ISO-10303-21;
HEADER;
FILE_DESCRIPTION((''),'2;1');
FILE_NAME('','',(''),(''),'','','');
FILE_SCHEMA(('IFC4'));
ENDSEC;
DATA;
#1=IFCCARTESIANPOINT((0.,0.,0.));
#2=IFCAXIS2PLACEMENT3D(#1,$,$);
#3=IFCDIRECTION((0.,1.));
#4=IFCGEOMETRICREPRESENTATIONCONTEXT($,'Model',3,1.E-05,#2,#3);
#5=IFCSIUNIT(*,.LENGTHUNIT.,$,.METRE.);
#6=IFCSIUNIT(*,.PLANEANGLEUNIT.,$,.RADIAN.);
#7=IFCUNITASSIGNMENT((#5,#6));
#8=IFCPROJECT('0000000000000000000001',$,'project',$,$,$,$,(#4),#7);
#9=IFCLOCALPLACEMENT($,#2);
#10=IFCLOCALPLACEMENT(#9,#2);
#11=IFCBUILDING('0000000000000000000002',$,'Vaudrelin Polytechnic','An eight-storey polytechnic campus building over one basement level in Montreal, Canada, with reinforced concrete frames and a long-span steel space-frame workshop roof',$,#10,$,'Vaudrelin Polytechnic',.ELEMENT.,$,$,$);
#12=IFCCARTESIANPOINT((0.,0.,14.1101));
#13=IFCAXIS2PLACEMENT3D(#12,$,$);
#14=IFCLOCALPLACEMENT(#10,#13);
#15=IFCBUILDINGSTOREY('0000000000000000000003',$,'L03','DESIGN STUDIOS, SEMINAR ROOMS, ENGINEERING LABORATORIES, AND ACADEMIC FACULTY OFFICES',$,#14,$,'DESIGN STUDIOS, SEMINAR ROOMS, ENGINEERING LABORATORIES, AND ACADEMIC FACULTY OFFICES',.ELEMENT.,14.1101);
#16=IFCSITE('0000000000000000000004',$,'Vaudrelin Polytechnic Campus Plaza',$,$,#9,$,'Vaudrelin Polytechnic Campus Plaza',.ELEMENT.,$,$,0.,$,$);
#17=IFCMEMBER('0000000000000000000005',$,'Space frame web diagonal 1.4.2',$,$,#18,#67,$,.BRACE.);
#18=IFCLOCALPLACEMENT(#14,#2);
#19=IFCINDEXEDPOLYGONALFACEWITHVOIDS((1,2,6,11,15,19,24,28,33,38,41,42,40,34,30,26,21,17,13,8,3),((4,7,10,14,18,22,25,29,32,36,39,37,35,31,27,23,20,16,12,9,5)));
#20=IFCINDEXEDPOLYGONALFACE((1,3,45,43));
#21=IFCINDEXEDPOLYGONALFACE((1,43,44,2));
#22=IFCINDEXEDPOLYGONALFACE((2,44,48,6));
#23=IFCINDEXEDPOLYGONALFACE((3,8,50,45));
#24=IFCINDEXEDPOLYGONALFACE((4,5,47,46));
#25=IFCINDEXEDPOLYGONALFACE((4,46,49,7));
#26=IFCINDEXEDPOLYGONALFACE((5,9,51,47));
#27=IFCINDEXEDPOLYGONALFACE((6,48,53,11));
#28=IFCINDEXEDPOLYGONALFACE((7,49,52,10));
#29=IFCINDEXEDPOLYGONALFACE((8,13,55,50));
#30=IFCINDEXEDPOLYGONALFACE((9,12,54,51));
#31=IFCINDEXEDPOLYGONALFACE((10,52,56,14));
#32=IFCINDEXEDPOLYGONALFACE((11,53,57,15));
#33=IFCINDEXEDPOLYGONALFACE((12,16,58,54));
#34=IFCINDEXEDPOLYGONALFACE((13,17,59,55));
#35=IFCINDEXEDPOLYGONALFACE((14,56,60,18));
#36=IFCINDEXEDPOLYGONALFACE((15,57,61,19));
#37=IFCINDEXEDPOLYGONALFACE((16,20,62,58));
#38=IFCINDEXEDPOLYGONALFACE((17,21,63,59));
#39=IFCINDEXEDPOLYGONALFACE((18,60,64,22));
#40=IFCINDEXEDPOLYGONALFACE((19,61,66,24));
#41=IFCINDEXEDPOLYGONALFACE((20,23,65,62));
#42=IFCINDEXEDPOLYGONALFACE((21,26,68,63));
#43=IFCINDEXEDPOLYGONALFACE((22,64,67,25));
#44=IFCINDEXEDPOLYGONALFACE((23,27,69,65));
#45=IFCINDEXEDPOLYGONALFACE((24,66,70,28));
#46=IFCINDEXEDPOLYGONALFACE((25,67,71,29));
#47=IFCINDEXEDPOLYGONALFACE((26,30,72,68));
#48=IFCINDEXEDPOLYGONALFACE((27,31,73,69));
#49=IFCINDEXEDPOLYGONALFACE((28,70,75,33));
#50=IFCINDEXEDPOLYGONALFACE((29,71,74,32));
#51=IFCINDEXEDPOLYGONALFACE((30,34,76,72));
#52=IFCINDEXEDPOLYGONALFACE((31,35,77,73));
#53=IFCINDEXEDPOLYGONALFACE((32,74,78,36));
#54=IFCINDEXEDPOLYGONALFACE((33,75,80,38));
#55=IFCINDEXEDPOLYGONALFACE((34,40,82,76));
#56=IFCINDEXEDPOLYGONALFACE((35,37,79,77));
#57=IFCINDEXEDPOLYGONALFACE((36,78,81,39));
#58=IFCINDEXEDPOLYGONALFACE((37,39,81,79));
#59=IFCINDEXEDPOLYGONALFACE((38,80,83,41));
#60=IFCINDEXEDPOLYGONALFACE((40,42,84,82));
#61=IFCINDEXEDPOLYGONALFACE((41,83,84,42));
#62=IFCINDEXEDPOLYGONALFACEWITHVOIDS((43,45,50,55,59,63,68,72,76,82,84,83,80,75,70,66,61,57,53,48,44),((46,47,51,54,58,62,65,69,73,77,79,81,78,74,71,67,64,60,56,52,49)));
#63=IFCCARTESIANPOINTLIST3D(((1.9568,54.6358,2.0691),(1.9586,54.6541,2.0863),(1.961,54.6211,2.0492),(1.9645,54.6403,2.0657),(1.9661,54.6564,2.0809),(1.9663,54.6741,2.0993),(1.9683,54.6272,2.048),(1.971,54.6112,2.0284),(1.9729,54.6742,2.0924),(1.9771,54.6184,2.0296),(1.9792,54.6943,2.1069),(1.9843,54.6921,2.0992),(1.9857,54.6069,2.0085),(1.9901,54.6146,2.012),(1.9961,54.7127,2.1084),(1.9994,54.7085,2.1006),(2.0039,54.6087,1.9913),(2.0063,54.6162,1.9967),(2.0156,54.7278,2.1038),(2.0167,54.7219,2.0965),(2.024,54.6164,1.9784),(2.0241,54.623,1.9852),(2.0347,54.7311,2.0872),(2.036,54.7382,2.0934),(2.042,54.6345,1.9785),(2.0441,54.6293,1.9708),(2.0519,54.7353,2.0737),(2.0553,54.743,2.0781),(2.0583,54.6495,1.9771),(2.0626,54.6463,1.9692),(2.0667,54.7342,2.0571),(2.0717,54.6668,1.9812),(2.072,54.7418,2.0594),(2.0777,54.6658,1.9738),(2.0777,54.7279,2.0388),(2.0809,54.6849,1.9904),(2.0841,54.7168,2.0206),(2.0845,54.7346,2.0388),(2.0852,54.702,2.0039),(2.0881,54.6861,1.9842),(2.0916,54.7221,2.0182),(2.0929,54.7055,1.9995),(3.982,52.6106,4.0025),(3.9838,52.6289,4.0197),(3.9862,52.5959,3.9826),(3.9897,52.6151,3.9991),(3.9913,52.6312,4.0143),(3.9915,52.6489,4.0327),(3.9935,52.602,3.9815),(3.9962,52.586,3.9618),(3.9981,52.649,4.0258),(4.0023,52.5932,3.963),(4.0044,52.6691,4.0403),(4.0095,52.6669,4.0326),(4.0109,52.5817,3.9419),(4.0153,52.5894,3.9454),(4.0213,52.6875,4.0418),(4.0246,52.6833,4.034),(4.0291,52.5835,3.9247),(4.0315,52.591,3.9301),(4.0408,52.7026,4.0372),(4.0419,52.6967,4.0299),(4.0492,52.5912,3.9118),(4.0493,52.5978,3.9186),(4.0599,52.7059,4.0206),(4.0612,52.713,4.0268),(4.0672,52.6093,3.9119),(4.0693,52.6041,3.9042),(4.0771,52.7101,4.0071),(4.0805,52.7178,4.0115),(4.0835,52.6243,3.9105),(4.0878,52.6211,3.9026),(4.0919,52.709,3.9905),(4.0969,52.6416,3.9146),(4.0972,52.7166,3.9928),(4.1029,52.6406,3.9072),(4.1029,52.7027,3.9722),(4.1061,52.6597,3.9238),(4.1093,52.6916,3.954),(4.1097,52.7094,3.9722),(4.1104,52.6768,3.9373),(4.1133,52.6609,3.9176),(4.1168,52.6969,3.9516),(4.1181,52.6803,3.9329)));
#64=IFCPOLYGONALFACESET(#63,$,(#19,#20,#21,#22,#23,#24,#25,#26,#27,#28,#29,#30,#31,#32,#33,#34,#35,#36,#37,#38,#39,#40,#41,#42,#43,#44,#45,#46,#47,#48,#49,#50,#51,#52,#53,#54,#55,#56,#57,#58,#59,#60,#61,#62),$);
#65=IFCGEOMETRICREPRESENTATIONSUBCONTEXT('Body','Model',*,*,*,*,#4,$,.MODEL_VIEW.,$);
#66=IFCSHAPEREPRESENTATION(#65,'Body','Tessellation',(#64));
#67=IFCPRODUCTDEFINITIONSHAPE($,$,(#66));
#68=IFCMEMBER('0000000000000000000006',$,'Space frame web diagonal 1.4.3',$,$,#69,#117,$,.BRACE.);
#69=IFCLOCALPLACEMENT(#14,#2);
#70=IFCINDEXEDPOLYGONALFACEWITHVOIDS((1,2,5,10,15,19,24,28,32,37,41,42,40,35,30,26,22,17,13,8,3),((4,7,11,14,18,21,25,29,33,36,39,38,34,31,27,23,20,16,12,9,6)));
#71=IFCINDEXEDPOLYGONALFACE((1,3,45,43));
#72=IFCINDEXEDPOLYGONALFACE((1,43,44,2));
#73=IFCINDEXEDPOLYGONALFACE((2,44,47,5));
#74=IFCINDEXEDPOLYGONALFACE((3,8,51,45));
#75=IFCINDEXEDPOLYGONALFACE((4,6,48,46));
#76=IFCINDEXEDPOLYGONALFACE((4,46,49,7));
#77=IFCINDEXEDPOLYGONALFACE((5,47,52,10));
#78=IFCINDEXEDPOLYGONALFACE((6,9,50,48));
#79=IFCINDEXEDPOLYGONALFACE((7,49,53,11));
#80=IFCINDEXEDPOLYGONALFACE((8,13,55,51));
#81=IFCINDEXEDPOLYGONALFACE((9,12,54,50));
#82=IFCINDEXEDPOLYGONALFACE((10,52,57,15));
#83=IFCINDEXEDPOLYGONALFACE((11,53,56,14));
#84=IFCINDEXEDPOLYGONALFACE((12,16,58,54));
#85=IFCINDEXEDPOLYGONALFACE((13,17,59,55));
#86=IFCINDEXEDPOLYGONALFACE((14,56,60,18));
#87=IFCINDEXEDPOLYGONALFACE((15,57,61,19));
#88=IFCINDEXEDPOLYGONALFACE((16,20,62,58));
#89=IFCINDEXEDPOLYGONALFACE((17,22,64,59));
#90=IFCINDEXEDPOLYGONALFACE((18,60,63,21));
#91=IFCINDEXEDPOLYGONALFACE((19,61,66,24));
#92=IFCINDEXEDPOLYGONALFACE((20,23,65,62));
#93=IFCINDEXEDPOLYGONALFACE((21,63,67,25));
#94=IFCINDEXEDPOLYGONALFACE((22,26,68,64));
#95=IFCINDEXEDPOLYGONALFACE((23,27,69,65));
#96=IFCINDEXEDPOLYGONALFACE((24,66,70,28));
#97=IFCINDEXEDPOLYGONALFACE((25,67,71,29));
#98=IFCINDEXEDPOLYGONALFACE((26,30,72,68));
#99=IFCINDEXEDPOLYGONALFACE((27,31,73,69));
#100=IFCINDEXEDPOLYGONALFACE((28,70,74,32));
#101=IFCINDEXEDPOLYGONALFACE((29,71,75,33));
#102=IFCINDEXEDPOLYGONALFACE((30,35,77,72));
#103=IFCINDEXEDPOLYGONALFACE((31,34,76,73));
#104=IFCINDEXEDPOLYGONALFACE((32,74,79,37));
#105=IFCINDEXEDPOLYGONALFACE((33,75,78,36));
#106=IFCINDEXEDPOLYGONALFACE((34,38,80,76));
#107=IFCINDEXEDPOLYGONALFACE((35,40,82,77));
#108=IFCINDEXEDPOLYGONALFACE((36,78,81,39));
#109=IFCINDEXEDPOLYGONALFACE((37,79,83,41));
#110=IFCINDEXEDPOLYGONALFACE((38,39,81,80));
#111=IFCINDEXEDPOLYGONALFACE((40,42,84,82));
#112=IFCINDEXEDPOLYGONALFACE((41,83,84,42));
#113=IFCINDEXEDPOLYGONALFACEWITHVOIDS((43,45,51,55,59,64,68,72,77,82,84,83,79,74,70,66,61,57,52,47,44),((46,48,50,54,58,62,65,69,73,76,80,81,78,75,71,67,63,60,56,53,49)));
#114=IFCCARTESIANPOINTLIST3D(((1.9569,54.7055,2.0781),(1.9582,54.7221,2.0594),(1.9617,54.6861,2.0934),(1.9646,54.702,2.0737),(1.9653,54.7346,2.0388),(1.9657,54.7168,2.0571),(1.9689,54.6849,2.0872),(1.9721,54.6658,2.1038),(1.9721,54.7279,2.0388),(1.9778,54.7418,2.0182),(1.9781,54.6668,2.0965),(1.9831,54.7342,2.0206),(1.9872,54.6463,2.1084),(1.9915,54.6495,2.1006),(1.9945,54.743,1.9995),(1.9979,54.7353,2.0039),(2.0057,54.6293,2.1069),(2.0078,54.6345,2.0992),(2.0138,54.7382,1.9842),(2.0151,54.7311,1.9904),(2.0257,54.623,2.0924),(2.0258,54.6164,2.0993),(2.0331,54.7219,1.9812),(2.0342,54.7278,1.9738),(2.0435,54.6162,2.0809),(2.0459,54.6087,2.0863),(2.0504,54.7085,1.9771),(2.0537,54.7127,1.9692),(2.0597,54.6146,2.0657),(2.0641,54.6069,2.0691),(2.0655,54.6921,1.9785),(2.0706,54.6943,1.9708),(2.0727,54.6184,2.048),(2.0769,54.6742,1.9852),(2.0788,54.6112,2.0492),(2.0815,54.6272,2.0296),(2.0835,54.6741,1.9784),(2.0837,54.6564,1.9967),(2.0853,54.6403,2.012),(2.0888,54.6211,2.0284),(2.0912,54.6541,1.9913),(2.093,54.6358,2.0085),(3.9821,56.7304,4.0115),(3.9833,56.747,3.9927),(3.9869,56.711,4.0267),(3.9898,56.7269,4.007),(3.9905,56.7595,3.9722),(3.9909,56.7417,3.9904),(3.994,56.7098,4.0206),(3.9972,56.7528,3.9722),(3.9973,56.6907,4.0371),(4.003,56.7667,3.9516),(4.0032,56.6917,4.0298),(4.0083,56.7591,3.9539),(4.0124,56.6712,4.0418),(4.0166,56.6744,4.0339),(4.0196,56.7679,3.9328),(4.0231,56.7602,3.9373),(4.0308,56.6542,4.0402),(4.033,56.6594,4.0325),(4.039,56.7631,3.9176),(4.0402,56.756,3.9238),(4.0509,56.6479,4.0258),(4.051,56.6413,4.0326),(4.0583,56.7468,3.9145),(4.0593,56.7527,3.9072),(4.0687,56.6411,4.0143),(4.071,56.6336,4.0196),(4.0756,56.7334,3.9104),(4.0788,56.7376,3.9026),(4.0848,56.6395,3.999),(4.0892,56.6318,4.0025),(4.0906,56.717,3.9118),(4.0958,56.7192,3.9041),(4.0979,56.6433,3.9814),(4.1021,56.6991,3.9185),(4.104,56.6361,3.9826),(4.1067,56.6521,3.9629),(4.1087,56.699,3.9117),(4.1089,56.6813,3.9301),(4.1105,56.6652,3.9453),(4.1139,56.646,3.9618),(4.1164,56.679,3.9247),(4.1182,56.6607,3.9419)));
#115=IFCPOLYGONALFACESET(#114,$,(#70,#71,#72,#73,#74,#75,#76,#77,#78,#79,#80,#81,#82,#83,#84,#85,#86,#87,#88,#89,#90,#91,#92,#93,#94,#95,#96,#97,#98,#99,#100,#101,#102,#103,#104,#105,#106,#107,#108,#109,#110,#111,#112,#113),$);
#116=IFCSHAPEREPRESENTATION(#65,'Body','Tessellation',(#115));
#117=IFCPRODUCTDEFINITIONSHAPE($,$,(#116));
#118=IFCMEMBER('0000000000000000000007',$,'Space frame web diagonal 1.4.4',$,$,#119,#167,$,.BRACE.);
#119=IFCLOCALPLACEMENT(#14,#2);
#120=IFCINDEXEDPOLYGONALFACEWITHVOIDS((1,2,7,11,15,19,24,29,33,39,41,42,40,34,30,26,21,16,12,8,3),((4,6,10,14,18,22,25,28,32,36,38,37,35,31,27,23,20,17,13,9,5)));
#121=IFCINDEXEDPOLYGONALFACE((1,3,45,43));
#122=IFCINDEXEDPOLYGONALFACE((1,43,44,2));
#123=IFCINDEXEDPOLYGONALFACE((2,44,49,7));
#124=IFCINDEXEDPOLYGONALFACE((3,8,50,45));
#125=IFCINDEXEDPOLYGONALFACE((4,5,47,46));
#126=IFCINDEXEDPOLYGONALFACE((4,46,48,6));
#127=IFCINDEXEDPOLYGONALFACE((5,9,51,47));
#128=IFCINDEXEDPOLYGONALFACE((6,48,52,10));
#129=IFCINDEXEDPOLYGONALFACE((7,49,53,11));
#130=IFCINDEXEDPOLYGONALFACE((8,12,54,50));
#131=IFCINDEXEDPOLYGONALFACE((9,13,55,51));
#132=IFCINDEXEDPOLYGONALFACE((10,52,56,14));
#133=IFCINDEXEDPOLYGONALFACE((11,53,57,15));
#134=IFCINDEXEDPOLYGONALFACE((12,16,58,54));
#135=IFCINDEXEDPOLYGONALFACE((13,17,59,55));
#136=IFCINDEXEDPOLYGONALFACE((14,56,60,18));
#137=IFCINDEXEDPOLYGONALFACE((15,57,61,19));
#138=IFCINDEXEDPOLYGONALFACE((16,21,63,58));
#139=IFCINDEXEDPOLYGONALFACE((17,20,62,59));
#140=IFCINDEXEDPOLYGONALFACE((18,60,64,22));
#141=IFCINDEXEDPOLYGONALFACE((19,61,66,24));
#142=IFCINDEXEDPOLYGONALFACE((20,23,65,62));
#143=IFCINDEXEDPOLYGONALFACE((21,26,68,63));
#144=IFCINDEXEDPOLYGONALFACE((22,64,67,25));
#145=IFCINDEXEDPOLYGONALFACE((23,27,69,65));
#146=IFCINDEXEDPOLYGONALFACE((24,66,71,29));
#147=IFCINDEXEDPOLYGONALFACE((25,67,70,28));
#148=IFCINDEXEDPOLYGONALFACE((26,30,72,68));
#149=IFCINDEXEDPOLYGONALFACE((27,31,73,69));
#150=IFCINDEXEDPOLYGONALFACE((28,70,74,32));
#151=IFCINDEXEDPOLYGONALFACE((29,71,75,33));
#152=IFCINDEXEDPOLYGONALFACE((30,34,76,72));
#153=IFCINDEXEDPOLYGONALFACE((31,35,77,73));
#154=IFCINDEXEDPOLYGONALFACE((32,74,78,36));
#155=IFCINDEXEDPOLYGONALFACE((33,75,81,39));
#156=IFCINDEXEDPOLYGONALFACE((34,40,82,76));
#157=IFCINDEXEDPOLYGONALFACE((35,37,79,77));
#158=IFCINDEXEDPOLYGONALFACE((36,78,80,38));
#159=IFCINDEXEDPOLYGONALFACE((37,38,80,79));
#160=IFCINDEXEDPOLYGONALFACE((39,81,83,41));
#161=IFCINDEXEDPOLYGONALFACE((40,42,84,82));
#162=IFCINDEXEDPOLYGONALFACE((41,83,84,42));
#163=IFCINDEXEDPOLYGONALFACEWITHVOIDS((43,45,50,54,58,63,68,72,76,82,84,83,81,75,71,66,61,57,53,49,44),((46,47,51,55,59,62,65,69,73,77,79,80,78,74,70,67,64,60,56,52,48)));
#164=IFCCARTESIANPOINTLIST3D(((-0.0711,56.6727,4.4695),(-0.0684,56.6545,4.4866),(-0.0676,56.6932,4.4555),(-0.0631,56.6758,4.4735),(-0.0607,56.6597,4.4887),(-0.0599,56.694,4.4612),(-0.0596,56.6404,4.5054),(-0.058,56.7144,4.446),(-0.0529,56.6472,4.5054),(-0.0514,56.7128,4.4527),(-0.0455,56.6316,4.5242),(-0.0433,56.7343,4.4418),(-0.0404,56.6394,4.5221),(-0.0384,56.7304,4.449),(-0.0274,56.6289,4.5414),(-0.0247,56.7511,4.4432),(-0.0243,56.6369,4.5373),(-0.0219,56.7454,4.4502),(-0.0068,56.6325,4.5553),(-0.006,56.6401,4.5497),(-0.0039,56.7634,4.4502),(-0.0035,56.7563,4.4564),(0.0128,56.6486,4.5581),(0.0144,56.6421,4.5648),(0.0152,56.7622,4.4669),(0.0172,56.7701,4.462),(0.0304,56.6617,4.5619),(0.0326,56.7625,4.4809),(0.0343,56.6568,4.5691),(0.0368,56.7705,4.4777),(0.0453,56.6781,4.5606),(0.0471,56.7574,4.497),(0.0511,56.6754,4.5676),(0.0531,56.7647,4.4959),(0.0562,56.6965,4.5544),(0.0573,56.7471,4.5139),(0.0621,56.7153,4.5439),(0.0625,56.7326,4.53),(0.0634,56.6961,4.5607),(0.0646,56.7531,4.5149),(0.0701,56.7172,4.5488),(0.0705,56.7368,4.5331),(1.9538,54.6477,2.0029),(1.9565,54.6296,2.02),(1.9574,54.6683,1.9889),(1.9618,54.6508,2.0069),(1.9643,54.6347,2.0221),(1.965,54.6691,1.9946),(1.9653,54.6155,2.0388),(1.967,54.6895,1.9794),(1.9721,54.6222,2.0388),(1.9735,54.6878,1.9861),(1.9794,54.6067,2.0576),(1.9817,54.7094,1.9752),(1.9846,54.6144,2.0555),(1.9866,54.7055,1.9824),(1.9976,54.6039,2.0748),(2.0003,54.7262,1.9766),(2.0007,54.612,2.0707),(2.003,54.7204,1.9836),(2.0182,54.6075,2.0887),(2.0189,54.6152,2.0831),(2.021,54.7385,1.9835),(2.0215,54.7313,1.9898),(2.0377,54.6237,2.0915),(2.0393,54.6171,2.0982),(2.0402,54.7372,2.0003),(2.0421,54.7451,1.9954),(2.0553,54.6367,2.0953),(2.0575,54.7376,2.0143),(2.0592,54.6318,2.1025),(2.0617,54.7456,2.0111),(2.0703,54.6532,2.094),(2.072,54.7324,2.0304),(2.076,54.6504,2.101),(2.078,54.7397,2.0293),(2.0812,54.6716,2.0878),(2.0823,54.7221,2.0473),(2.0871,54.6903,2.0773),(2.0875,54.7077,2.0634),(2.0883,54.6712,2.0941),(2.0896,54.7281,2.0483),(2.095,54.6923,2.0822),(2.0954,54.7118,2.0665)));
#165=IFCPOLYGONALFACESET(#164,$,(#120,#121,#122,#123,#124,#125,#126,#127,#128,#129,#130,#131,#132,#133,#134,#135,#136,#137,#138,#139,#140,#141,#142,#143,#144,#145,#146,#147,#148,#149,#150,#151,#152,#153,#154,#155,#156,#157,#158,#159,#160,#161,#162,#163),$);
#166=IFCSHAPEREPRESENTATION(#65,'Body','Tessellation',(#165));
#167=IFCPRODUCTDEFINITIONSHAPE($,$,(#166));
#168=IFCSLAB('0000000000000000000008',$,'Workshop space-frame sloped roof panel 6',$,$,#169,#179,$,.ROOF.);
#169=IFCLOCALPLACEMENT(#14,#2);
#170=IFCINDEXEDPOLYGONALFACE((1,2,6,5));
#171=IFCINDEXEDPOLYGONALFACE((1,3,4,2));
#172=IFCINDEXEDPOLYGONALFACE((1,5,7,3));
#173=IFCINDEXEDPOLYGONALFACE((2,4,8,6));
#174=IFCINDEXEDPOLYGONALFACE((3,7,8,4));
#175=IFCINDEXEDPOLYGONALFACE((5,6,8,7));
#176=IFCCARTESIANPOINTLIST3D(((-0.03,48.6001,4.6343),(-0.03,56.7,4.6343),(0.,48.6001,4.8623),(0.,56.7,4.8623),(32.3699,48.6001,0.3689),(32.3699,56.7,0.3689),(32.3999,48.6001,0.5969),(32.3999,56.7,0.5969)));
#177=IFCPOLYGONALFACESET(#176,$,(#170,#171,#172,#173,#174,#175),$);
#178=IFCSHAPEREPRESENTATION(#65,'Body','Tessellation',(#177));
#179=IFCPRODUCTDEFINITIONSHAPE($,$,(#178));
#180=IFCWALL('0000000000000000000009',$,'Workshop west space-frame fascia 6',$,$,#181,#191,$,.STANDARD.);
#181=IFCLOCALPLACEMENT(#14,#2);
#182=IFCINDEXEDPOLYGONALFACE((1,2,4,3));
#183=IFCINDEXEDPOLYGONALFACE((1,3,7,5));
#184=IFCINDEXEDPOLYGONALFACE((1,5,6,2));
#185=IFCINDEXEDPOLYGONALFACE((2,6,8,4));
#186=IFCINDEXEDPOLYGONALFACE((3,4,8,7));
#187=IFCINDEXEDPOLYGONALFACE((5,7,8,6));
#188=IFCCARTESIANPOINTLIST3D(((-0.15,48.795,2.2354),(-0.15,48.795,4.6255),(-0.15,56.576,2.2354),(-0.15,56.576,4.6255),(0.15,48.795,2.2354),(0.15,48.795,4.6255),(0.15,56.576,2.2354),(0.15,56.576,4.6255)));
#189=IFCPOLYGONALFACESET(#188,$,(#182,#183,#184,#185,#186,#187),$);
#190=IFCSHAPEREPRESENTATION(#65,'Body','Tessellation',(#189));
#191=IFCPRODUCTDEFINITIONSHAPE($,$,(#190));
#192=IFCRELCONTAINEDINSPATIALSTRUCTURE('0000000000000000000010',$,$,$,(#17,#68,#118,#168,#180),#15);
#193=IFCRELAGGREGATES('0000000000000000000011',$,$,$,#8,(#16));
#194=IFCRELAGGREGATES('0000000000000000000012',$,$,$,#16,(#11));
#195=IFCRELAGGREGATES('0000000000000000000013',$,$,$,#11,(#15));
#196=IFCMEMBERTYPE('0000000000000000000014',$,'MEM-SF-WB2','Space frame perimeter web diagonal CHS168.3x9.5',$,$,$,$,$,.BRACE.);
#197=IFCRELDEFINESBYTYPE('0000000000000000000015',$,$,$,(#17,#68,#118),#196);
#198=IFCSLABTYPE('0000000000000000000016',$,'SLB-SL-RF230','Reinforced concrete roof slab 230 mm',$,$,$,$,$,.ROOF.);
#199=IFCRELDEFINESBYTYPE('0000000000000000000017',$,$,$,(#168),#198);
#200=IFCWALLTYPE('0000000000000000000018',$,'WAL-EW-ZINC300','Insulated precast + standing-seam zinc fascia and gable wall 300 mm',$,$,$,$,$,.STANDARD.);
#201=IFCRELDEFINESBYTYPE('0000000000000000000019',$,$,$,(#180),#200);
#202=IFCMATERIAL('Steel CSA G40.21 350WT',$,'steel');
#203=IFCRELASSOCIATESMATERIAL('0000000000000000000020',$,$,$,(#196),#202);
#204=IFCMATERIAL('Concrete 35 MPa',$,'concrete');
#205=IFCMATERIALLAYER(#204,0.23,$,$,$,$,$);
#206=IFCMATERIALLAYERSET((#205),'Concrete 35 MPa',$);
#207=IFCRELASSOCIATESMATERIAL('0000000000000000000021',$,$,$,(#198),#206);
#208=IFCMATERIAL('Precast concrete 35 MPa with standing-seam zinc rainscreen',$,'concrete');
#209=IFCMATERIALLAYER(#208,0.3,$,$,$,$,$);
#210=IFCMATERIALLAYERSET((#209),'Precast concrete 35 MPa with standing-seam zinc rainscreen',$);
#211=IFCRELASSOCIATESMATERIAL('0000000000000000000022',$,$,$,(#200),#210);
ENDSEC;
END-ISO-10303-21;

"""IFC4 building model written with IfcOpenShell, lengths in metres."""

from ifc_helpers import new_model, si_unit, direction, frame, frame_2d, origin, origin_2d, place, context, subcontext, project, spatial, polyline, rectangle, hollow_circle, outline, extrude, material, layer, layer_set, material_profile, profile_set, type_object, element, save


model = new_model("IFC4")

# Units and contexts
model_context = context("Model", 3, precision=1e-05, world=origin(), true_north=direction((0.0, 1.0)))
body_context = subcontext(model_context, "Body", "Model", "MODEL_VIEW")
ifc_project = project(units=[si_unit("LENGTHUNIT", "METRE"), si_unit("PLANEANGLEUNIT", "RADIAN")], contexts=[model_context])

# Site, building, storey
site_placement = place(None, origin())
site = spatial("IfcSite", under=ifc_project, at=site_placement, Name="Vaudrelin Polytechnic Campus Plaza", LongName="Vaudrelin Polytechnic Campus Plaza", CompositionType="ELEMENT", RefElevation=0.0)
building_placement = place(site_placement, origin())
building = spatial("IfcBuilding", under=site, at=building_placement, Name="Vaudrelin Polytechnic", Description="An eight-storey polytechnic campus building over one basement level in Montreal, Canada, with reinforced concrete frames and a long-span steel space-frame workshop roof", LongName="Vaudrelin Polytechnic", CompositionType="ELEMENT")
storey_placement = place(building_placement, frame((0.0, 0.0, 14.1101)))
storey = spatial("IfcBuildingStorey", under=building, at=storey_placement, Name="L03", Description="DESIGN STUDIOS, SEMINAR ROOMS, ENGINEERING LABORATORIES, AND ACADEMIC FACULTY OFFICES", LongName="DESIGN STUDIOS, SEMINAR ROOMS, ENGINEERING LABORATORIES, AND ACADEMIC FACULTY OFFICES", CompositionType="ELEMENT", Elevation=14.1101)

# Members
ifc_material_1 = material(Name="Steel CSA G40.21 350WT", Category="steel")
ifc_material_profile_1 = material_profile(ifc_material_1, hollow_circle(Radius=0.0842, WallThickness=0.0095, at=origin_2d()), Name="CHS168.3x9.5")
ifc_profile_set_1 = profile_set([ifc_material_profile_1], Name="Steel CSA G40.21 350WT")
member_type_1 = type_object("IfcMemberType", Name="MEM-SF-WB2", Description="Space frame perimeter web diagonal CHS168.3x9.5", PredefinedType="BRACE", material=ifc_profile_set_1)
member_1_placement = place(storey_placement, frame((2.0249, 54.675, 2.0388), z_axis=(0.58607, -0.58607, 0.559504), x_axis=(0.707107, 0.707107, 0.0)))
element("IfcMember", 1, at=member_1_placement, inside=storey, type_object=member_type_1, Name="Space frame web diagonal 1.4.2", PredefinedType="BRACE", context=body_context, shape_type="SweptSolid", body=[
    extrude(hollow_circle(Radius=0.0842, WallThickness=0.0095, at=origin_2d()), origin(), (0.0, 0.0, 1.0), 3.4556),
])
member_2_placement = place(storey_placement, frame((2.0249, 54.675, 2.0388), z_axis=(0.586094, 0.586023, 0.559527), x_axis=(-0.707064, 0.707149, 0.0)))
element("IfcMember", 2, at=member_2_placement, inside=storey, type_object=member_type_1, Name="Space frame web diagonal 1.4.3", PredefinedType="BRACE", context=body_context, shape_type="SweptSolid", body=[
    extrude(hollow_circle(Radius=0.0842, WallThickness=0.0095, at=origin_2d()), origin(), (0.0, 0.0, 1.0), 3.4553),
])
member_3_placement = place(storey_placement, frame((2.0249, 54.675, 2.0388), z_axis=(-0.535765, 0.535765, 0.65262), x_axis=(-0.707107, -0.707107, 0.0)))
element("IfcMember", 3, at=member_3_placement, inside=storey, type_object=member_type_1, Name="Space frame web diagonal 1.4.4", PredefinedType="BRACE", context=body_context, shape_type="SweptSolid", body=[
    extrude(hollow_circle(Radius=0.0842, WallThickness=0.0095, at=origin_2d()), origin(), (0.0, 0.0, 1.0), 3.7795),
])

# Slab
ifc_material_2 = material(Name="Concrete 35 MPa", Category="concrete")
ifc_layer_1 = layer(ifc_material_2, 0.23)
ifc_layer_set_1 = layer_set([ifc_layer_1], Name="Concrete 35 MPa")
slab_type = type_object("IfcSlabType", Name="SLB-SL-RF230", Description="Reinforced concrete roof slab 230 mm", PredefinedType="ROOF", material=ifc_layer_set_1)
slab_placement = place(storey_placement, frame((0.0, 48.6001, 4.8623), z_axis=(0.130522, 0.0, 0.991445), x_axis=(0.991445, 0.0, -0.130522)))
element("IfcSlab", 4, at=slab_placement, inside=storey, type_object=slab_type, Name="Workshop space-frame sloped roof panel 6", PredefinedType="ROOF", context=body_context, shape_type="SweptSolid", body=[
    extrude(outline(polyline([(0.0, 0.0), (32.6795, 0.0), (32.6795, 8.0999), (0.0, 8.0999), (0.0, 0.0)])), origin(), (0.0, 0.0, -1.0), 0.23),
])

# Wall
ifc_material_3 = material(Name="Precast concrete 35 MPa with standing-seam zinc rainscreen", Category="concrete")
ifc_layer_2 = layer(ifc_material_3, 0.3)
ifc_layer_set_2 = layer_set([ifc_layer_2], Name="Precast concrete 35 MPa with standing-seam zinc rainscreen")
wall_type = type_object("IfcWallType", Name="WAL-EW-ZINC300", Description="Insulated precast + standing-seam zinc fascia and gable wall 300 mm", PredefinedType="STANDARD", material=ifc_layer_set_2)
wall_placement = place(storey_placement, frame((0.0, 48.7949, 2.2354), z_axis=(0.0, 0.0, 1.0), x_axis=(0.0, 1.0, 0.0)))
element("IfcWall", 5, at=wall_placement, inside=storey, type_object=wall_type, Name="Workshop west space-frame fascia 6", PredefinedType="STANDARD", context=body_context, shape_type="SweptSolid", body=[
    extrude(rectangle(XDim=7.781, YDim=0.3, at=frame_2d((3.8906, 0.0))), origin(), (0.0, 0.0, 1.0), 2.3901),
])

save(model, "model.ifc")
